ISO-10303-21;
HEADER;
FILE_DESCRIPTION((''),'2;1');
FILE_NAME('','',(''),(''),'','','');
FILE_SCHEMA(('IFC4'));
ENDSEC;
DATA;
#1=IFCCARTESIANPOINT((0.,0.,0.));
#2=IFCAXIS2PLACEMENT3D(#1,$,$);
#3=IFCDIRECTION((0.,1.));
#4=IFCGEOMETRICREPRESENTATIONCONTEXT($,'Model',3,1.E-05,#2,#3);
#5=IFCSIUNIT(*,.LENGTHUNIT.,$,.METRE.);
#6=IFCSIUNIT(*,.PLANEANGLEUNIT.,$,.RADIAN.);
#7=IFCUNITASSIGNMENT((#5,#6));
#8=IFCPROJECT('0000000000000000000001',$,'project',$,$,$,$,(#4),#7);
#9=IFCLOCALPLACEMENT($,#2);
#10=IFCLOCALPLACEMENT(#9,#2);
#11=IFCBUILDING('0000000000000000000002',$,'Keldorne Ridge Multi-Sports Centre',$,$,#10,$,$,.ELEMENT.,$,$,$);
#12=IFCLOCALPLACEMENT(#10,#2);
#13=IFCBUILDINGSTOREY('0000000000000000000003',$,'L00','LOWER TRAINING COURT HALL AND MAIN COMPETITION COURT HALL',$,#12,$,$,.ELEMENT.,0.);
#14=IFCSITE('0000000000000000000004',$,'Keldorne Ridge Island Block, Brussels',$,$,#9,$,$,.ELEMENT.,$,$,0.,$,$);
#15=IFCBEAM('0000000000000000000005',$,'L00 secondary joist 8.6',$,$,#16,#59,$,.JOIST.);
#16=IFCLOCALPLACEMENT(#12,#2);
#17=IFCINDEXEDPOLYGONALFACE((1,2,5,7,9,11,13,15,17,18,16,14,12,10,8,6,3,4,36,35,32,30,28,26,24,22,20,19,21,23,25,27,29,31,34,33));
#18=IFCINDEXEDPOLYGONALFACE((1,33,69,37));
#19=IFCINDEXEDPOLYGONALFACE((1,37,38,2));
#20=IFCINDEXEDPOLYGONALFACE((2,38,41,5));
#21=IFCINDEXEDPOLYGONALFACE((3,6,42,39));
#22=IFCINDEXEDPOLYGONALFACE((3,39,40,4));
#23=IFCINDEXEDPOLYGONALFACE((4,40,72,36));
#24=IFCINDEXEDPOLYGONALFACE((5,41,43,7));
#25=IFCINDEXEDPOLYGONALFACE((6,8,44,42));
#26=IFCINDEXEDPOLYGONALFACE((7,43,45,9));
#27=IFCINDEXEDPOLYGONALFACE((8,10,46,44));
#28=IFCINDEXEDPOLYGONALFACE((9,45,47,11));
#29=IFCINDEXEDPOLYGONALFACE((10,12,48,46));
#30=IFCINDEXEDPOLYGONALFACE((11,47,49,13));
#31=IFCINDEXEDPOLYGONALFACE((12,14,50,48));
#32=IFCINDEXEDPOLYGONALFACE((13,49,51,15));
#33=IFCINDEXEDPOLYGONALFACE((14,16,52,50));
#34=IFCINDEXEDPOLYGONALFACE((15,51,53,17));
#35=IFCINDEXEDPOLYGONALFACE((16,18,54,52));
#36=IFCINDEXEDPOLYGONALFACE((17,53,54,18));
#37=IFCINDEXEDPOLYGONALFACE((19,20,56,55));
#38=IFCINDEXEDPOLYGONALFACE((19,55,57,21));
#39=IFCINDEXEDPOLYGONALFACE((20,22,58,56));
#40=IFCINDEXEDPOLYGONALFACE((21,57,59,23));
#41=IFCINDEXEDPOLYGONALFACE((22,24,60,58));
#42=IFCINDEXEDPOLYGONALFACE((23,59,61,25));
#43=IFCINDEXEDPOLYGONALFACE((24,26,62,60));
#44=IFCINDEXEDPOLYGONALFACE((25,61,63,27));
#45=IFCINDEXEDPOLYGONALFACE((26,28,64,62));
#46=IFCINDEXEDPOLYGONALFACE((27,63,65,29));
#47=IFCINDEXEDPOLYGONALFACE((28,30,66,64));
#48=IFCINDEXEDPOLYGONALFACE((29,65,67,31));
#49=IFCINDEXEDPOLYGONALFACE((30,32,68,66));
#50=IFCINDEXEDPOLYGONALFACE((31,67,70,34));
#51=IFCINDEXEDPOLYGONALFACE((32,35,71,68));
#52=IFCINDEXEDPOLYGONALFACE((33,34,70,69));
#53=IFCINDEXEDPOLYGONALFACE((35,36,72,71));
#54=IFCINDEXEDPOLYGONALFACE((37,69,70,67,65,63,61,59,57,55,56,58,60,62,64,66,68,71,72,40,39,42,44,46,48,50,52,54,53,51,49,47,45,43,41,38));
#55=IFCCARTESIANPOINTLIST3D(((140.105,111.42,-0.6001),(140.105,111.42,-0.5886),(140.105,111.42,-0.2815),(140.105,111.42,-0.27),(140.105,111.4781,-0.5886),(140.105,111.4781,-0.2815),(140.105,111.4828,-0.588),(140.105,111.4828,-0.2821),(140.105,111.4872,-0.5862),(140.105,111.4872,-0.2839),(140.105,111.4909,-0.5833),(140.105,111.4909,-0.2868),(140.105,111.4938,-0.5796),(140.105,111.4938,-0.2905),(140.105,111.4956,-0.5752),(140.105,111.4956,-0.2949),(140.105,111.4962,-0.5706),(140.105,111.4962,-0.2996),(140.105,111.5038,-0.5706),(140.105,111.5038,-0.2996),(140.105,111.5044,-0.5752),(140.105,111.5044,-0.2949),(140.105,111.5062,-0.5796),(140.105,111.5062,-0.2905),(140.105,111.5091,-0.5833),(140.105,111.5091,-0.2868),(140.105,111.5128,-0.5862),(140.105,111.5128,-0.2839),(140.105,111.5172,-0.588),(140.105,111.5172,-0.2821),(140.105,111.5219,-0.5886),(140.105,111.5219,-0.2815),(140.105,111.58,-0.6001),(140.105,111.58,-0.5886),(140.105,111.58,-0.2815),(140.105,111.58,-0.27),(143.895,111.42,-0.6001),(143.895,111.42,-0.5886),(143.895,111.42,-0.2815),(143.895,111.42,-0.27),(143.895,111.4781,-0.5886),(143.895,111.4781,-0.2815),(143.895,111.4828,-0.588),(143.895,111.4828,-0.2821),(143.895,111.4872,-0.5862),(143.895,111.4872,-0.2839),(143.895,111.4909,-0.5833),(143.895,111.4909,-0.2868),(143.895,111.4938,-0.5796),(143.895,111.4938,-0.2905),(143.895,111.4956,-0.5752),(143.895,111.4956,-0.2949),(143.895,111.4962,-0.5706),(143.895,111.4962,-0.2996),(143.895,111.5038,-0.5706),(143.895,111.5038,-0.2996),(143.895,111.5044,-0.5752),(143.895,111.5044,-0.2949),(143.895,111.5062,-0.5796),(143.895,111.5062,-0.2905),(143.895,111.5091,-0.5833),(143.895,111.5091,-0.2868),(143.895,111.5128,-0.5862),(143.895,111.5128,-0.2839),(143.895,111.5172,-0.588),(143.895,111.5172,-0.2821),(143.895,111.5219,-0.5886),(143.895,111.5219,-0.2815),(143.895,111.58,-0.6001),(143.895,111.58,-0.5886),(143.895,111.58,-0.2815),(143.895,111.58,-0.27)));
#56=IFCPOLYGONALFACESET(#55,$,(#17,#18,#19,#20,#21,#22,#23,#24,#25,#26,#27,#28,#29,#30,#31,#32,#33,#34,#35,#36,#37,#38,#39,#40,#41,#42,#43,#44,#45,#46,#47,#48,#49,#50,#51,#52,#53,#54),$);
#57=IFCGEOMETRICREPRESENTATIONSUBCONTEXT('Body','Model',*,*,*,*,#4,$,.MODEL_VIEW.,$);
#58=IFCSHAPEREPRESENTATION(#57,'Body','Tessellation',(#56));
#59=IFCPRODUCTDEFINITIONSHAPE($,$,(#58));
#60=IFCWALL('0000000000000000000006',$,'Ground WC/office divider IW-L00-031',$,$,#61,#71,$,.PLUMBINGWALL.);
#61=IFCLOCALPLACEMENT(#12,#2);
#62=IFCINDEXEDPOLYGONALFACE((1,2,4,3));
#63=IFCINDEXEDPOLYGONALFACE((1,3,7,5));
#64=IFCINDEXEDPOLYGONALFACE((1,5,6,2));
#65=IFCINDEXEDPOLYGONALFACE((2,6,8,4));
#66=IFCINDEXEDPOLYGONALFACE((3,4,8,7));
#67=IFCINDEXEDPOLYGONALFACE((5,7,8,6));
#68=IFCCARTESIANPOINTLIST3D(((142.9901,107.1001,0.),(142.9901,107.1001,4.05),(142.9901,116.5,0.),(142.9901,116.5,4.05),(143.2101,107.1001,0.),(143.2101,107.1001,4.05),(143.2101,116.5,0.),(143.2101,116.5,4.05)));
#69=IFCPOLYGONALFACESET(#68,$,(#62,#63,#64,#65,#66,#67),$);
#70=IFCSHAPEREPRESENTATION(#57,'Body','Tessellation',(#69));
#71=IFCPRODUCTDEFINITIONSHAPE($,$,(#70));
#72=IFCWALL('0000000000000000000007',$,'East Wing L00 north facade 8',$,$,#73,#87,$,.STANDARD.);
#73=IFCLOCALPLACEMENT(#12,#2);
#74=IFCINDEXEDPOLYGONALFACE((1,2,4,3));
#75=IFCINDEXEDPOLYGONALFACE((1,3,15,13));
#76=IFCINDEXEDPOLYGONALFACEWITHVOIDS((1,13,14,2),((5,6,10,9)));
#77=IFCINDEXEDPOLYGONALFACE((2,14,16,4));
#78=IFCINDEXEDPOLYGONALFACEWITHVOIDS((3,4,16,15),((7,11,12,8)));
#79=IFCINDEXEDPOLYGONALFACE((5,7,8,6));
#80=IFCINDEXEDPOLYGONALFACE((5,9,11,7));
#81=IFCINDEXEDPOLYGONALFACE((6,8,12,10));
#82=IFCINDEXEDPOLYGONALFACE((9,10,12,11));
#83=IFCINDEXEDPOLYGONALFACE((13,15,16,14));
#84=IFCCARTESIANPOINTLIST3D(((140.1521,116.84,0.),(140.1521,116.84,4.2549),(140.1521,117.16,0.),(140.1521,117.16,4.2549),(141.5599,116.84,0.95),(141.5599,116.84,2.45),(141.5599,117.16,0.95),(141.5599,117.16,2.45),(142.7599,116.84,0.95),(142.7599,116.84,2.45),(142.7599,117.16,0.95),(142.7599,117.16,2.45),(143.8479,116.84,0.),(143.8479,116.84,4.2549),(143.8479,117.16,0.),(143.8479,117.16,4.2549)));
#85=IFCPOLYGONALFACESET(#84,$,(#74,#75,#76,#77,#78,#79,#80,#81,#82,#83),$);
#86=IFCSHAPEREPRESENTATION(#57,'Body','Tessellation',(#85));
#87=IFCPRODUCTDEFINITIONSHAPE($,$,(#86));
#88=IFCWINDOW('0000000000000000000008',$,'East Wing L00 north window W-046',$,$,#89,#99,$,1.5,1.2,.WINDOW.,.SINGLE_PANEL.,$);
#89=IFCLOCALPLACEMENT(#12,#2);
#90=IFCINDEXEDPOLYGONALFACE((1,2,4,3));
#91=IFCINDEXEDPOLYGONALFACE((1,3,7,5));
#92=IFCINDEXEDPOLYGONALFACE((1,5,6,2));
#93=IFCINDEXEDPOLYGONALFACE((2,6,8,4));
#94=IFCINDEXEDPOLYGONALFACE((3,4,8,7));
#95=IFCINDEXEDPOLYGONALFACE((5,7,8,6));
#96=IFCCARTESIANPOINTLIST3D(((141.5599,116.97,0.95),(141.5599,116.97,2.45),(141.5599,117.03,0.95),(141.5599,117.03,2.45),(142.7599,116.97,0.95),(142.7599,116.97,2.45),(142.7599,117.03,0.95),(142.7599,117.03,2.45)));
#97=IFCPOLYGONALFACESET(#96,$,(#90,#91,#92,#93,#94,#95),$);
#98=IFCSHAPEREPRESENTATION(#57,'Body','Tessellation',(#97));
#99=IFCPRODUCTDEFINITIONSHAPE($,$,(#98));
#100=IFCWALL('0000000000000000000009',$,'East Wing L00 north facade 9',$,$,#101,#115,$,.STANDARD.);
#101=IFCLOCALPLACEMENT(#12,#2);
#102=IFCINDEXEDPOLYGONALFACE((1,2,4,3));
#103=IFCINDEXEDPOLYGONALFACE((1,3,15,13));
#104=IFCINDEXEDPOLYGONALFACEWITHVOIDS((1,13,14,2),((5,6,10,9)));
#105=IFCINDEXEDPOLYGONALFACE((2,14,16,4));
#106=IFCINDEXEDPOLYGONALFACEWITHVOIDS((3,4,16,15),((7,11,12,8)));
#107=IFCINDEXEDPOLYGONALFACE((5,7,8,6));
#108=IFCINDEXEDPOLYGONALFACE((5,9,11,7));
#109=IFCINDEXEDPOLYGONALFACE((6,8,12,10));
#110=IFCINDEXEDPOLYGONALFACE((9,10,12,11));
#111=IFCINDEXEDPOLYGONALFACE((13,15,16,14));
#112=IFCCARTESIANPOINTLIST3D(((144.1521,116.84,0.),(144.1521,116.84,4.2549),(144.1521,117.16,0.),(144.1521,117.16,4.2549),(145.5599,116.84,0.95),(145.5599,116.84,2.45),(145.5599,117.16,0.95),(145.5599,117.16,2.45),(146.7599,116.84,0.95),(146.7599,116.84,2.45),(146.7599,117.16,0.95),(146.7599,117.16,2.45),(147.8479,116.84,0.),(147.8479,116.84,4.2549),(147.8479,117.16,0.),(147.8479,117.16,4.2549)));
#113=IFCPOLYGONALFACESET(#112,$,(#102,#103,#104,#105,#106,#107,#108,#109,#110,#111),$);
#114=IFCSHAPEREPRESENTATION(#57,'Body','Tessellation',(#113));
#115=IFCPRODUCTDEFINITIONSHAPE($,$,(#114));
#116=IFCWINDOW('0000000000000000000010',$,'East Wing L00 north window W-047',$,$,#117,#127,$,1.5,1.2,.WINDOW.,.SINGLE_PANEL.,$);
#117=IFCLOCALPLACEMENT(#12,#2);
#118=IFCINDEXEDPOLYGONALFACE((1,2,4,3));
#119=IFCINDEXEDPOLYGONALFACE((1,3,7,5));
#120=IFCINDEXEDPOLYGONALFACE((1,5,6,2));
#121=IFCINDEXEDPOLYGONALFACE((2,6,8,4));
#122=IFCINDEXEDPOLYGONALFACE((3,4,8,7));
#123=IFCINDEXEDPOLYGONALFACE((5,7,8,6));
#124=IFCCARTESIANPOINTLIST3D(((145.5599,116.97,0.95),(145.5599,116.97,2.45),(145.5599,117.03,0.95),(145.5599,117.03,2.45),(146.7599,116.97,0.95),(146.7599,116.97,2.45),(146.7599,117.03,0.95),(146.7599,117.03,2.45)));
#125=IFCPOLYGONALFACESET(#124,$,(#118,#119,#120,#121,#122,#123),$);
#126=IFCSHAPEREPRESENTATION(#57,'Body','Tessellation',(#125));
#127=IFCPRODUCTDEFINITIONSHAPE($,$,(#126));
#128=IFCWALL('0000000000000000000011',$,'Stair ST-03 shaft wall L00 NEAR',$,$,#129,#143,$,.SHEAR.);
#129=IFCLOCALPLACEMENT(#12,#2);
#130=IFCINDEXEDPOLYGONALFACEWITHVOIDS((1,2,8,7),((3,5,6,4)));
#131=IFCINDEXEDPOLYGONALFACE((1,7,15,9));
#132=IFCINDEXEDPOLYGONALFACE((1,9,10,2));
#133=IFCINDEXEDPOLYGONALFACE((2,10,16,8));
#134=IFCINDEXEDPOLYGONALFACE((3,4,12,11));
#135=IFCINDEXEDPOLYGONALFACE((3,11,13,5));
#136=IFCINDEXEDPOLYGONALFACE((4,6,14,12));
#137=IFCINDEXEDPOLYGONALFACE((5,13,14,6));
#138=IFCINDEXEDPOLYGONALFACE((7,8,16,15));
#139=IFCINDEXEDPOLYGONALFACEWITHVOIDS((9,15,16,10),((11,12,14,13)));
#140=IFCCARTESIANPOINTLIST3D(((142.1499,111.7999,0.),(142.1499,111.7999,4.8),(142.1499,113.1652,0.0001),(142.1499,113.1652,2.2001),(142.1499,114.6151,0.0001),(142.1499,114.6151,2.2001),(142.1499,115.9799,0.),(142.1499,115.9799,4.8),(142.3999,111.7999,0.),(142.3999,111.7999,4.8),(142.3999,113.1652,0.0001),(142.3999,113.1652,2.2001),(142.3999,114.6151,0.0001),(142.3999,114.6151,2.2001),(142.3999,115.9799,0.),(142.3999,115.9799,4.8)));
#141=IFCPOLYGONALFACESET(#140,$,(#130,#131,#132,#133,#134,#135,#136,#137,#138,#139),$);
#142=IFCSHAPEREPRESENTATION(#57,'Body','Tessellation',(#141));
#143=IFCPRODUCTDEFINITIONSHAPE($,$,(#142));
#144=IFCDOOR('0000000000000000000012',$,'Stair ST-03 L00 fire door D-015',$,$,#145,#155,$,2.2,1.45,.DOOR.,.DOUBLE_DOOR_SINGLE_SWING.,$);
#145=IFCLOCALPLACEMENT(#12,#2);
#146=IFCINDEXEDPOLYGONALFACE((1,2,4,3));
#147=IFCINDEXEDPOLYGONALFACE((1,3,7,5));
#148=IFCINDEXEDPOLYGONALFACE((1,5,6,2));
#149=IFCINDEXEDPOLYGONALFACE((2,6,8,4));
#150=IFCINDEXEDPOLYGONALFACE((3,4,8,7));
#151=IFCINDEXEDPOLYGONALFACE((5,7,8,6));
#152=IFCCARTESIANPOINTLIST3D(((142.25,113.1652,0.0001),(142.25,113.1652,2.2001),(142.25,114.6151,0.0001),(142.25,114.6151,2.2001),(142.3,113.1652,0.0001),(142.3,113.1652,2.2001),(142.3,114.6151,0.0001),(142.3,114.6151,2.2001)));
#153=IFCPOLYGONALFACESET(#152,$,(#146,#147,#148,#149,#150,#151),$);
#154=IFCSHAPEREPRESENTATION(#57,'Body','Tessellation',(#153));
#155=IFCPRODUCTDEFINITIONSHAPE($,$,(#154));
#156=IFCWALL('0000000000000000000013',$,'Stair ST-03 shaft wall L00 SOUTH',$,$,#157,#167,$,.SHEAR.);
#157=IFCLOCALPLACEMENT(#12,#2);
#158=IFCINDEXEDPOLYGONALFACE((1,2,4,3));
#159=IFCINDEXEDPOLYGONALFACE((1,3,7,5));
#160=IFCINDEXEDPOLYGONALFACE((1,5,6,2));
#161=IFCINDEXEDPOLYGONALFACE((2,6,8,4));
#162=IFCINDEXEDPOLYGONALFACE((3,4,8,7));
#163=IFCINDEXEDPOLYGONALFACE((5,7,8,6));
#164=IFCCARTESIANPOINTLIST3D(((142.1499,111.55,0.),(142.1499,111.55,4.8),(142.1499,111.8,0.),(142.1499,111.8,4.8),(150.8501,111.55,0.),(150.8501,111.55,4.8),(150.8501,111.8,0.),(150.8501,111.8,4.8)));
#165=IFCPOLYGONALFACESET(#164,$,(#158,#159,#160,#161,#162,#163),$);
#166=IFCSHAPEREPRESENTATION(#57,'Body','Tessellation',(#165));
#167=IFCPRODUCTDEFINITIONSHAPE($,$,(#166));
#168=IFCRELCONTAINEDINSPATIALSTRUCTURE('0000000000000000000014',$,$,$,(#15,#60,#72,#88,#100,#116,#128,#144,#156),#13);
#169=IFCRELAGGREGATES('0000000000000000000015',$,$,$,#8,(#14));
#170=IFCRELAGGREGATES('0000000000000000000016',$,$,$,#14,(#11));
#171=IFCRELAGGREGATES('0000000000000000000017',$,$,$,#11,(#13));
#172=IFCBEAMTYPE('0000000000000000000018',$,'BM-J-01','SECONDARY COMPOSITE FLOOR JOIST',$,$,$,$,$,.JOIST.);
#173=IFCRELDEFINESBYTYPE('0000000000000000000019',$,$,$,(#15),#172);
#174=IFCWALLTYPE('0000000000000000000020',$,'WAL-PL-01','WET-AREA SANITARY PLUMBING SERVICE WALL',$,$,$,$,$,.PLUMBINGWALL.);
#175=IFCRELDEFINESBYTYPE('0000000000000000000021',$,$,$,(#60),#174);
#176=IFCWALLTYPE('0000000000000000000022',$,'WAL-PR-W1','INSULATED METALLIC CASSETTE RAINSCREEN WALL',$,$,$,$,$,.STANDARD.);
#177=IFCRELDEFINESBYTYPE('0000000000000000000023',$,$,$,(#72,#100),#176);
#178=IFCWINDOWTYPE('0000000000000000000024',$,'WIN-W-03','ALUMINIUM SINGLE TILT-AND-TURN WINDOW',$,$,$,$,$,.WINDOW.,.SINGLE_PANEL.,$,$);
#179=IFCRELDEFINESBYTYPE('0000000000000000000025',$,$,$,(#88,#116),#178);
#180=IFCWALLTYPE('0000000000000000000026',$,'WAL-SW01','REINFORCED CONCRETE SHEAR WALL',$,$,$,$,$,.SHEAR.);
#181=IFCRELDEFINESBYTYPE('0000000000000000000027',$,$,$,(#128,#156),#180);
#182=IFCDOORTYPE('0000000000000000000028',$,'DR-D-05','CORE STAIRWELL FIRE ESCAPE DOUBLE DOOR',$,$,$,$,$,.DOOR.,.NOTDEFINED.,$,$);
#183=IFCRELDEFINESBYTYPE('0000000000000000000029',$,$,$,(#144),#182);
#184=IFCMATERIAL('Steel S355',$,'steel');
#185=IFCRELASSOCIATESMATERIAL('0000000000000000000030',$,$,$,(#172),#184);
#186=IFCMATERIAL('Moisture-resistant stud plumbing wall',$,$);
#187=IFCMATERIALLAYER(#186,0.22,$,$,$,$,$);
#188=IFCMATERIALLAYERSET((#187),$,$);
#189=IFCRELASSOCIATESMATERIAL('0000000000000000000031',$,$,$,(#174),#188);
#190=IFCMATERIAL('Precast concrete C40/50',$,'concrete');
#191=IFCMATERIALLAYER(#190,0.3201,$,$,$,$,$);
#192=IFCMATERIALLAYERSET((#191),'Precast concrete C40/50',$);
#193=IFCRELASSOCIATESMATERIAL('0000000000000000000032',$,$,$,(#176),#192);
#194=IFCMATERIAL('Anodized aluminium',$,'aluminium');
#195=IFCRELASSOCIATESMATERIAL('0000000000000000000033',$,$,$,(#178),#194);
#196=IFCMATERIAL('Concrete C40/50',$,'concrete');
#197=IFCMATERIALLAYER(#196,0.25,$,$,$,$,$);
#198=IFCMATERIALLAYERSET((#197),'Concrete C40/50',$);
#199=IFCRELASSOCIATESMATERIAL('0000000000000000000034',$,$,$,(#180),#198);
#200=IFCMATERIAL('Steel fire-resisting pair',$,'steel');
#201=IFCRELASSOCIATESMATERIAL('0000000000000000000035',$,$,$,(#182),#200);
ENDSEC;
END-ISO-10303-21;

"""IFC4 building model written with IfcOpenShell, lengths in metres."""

from ifc_helpers import new_model, si_unit, direction, frame, frame_2d, origin, origin_2d, place, context, subcontext, project, spatial, rectangle, i_section, extrude, material, layer, layer_set, material_profile, profile_set, type_object, element, fill, save


model = new_model("IFC4")

# Units and contexts
model_context = context("Model", 3, precision=1e-05, world=origin(), true_north=direction((0.0, 1.0)))
body_context = subcontext(model_context, "Body", "Model", "MODEL_VIEW")
ifc_project = project(units=[si_unit("LENGTHUNIT", "METRE"), si_unit("PLANEANGLEUNIT", "RADIAN")], contexts=[model_context])

# Site, building, storey
site_placement = place(None, origin())
site = spatial("IfcSite", under=ifc_project, at=site_placement, Name="Keldorne Ridge Island Block, Brussels", CompositionType="ELEMENT", RefElevation=0.0)
building_placement = place(site_placement, origin())
building = spatial("IfcBuilding", under=site, at=building_placement, Name="Keldorne Ridge Multi-Sports Centre", CompositionType="ELEMENT")
storey_placement = place(building_placement, origin())
storey = spatial("IfcBuildingStorey", under=building, at=storey_placement, Name="L00", Description="LOWER TRAINING COURT HALL AND MAIN COMPETITION COURT HALL", CompositionType="ELEMENT", Elevation=0.0)

# Shared definitions
ifc_material_1 = material(Name="Steel S355", Category="steel")

# Beam
ifc_material_profile_1 = material_profile(ifc_material_1, i_section(OverallWidth=0.1599, OverallDepth=0.3301, WebThickness=0.0076, FlangeThickness=0.0115, FilletRadius=0.0181, at=origin_2d()), Name="IPE 330")
ifc_profile_set_1 = profile_set([ifc_material_profile_1], Name="Steel S355")
beam_type_1 = type_object("IfcBeamType", Name="BM-J-01", Description="SECONDARY COMPOSITE FLOOR JOIST", PredefinedType="JOIST", material=ifc_profile_set_1)
beam_placement = place(storey_placement, frame((140.105, 111.5, -0.4351), z_axis=(1.0, 0.0, 0.0), x_axis=(0.0, 1.0, 0.0)))
element("IfcBeam", 1, at=beam_placement, inside=storey, type_object=beam_type_1, Name="L00 secondary joist 8.6", PredefinedType="JOIST", context=body_context, shape_type="SweptSolid", body=[
    extrude(i_section(OverallWidth=0.1599, OverallDepth=0.3301, WebThickness=0.0076, FlangeThickness=0.0115, FilletRadius=0.0181, at=origin_2d()), origin(), (0.0, 0.0, 1.0), 3.79),
])

# Wall
ifc_material_2 = material(Name="Moisture-resistant stud plumbing wall")
ifc_layer_1 = layer(ifc_material_2, 0.22)
ifc_layer_set_1 = layer_set([ifc_layer_1])
wall_type_1 = type_object("IfcWallType", Name="WAL-PL-01", Description="WET-AREA SANITARY PLUMBING SERVICE WALL", PredefinedType="PLUMBINGWALL", material=ifc_layer_set_1)
wall_1_placement = place(storey_placement, frame((143.1001, 107.1001, 0.0), z_axis=(0.0, 0.0, 1.0), x_axis=(0.0, 1.0, 0.0)))
element("IfcWall", 2, at=wall_1_placement, inside=storey, type_object=wall_type_1, Name="Ground WC/office divider IW-L00-031", PredefinedType="PLUMBINGWALL", context=body_context, shape_type="SweptSolid", body=[
    extrude(rectangle(XDim=9.3999, YDim=0.22, at=frame_2d((4.7, 0.0))), origin(), (0.0, 0.0, 1.0), 4.05),
])

# Walls, openings, windows
ifc_material_3 = material(Name="Precast concrete C40/50", Category="concrete")
ifc_layer_2 = layer(ifc_material_3, 0.3201)
ifc_layer_set_2 = layer_set([ifc_layer_2], Name="Precast concrete C40/50")
wall_type_2 = type_object("IfcWallType", Name="WAL-PR-W1", Description="INSULATED METALLIC CASSETTE RAINSCREEN WALL", PredefinedType="STANDARD", material=ifc_layer_set_2)
wall_2_placement = place(storey_placement, frame((143.8479, 117.0, 0.0), z_axis=(0.0, 0.0, 1.0), x_axis=(-1.0, 0.0, 0.0)))
wall_2 = element("IfcWall", 3, at=wall_2_placement, inside=storey, type_object=wall_type_2, Name="East Wing L00 north facade 8", PredefinedType="STANDARD", context=body_context, shape_type="SweptSolid", body=[
    extrude(rectangle(XDim=3.6958, YDim=0.3201, at=frame_2d((1.8479, 0.0))), origin(), (0.0, 0.0, 1.0), 4.2549),
])
opening_1_placement = place(wall_2_placement, frame((1.0879, 0.0, 0.95)))
opening_1 = element("IfcOpeningElement", 4, at=opening_1_placement, cuts=wall_2, PredefinedType="OPENING", context=body_context, shape_type="SweptSolid", body=[
    extrude(rectangle(XDim=1.2, YDim=1.5, at=frame_2d((0.6001, 0.75))), frame((0.0, 0.1699, 0.0), z_axis=(0.0, -1.0, 0.0), x_axis=(1.0, 0.0, 0.0)), (0.0, 0.0, 1.0), 0.3401),
])
ifc_material_4 = material(Name="Anodized aluminium", Category="aluminium")
window_type = type_object("IfcWindowType", Name="WIN-W-03", Description="ALUMINIUM SINGLE TILT-AND-TURN WINDOW", PartitioningType="SINGLE_PANEL", PredefinedType="WINDOW", material=ifc_material_4)
window_1_placement = place(opening_1_placement, origin())
window_1 = element("IfcWindow", 5, at=window_1_placement, inside=storey, type_object=window_type, Name="East Wing L00 north window W-046", OverallHeight=1.5, OverallWidth=1.2, PartitioningType="SINGLE_PANEL", PredefinedType="WINDOW", context=body_context, shape_type="SweptSolid", body=[
    extrude(rectangle(XDim=1.2, YDim=1.5, at=frame_2d((0.6001, 0.75))), frame((0.0, 0.03, 0.0), z_axis=(0.0, -1.0, 0.0), x_axis=(1.0, 0.0, 0.0)), (0.0, 0.0, 1.0), 0.0601),
])
fill(opening_1, window_1)
wall_3_placement = place(storey_placement, frame((147.8479, 117.0, 0.0), z_axis=(0.0, 0.0, 1.0), x_axis=(-1.0, 0.0, 0.0)))
wall_3 = element("IfcWall", 6, at=wall_3_placement, inside=storey, type_object=wall_type_2, Name="East Wing L00 north facade 9", PredefinedType="STANDARD", context=body_context, shape_type="SweptSolid", body=[
    extrude(rectangle(XDim=3.6958, YDim=0.3201, at=frame_2d((1.8479, 0.0))), origin(), (0.0, 0.0, 1.0), 4.2549),
])
opening_2_placement = place(wall_3_placement, frame((1.0879, 0.0, 0.95)))
opening_2 = element("IfcOpeningElement", 7, at=opening_2_placement, cuts=wall_3, PredefinedType="OPENING", context=body_context, shape_type="SweptSolid", body=[
    extrude(rectangle(XDim=1.2, YDim=1.5, at=frame_2d((0.6001, 0.75))), frame((0.0, 0.1699, 0.0), z_axis=(0.0, -1.0, 0.0), x_axis=(1.0, 0.0, 0.0)), (0.0, 0.0, 1.0), 0.3401),
])
window_2_placement = place(opening_2_placement, origin())
window_2 = element("IfcWindow", 8, at=window_2_placement, inside=storey, type_object=window_type, Name="East Wing L00 north window W-047", OverallHeight=1.5, OverallWidth=1.2, PartitioningType="SINGLE_PANEL", PredefinedType="WINDOW", context=body_context, shape_type="SweptSolid", body=[
    extrude(rectangle(XDim=1.2, YDim=1.5, at=frame_2d((0.6001, 0.75))), frame((0.0, 0.03, 0.0), z_axis=(0.0, -1.0, 0.0), x_axis=(1.0, 0.0, 0.0)), (0.0, 0.0, 1.0), 0.0601),
])
fill(opening_2, window_2)

# Wall, opening, door
ifc_material_5 = material(Name="Concrete C40/50", Category="concrete")
ifc_layer_3 = layer(ifc_material_5, 0.25)
ifc_layer_set_3 = layer_set([ifc_layer_3], Name="Concrete C40/50")
wall_type_3 = type_object("IfcWallType", Name="WAL-SW01", Description="REINFORCED CONCRETE SHEAR WALL", PredefinedType="SHEAR", material=ifc_layer_set_3)
wall_4_placement = place(storey_placement, frame((142.2749, 111.8, 0.0), z_axis=(0.0, 0.0, 1.0), x_axis=(0.0, 1.0, 0.0)))
wall_4 = element("IfcWall", 9, at=wall_4_placement, inside=storey, type_object=wall_type_3, Name="Stair ST-03 shaft wall L00 NEAR", PredefinedType="SHEAR", context=body_context, shape_type="SweptSolid", body=[
    extrude(rectangle(XDim=4.1799, YDim=0.25, at=frame_2d((2.0898, 0.0))), origin(), (0.0, 0.0, 1.0), 4.8),
])
opening_3_placement = place(wall_4_placement, frame((1.365, 0.0, 0.0)))
opening_3 = element("IfcOpeningElement", 10, at=opening_3_placement, cuts=wall_4, PredefinedType="OPENING", context=body_context, shape_type="SweptSolid", body=[
    extrude(rectangle(XDim=1.45, YDim=2.2, at=frame_2d((0.7251, 1.1001))), frame((0.0, 0.135, 0.0), z_axis=(0.0, -1.0, 0.0), x_axis=(1.0, 0.0, 0.0)), (0.0, 0.0, 1.0), 0.27),
])
ifc_material_6 = material(Name="Steel fire-resisting pair", Category="steel")
door_type = type_object("IfcDoorType", Name="DR-D-05", Description="CORE STAIRWELL FIRE ESCAPE DOUBLE DOOR", OperationType="NOTDEFINED", PredefinedType="DOOR", material=ifc_material_6)
door_placement = place(opening_3_placement, origin())
door = element("IfcDoor", 11, at=door_placement, inside=storey, type_object=door_type, Name="Stair ST-03 L00 fire door D-015", OperationType="DOUBLE_DOOR_SINGLE_SWING", OverallHeight=2.2, OverallWidth=1.45, PredefinedType="DOOR", context=body_context, shape_type="SweptSolid", body=[
    extrude(rectangle(XDim=1.45, YDim=2.2, at=frame_2d((0.7251, 1.1001))), frame((0.0, 0.0249, 0.0), z_axis=(0.0, -1.0, 0.0), x_axis=(1.0, 0.0, 0.0)), (0.0, 0.0, 1.0), 0.05),
])
fill(opening_3, door)

# Wall
wall_5_placement = place(storey_placement, frame((142.1499, 111.675, 0.0), z_axis=(0.0, 0.0, 1.0), x_axis=(1.0, 0.0, 0.0)))
element("IfcWall", 12, at=wall_5_placement, inside=storey, type_object=wall_type_3, Name="Stair ST-03 shaft wall L00 SOUTH", PredefinedType="SHEAR", context=body_context, shape_type="SweptSolid", body=[
    extrude(rectangle(XDim=8.7002, YDim=0.25, at=frame_2d((4.3501, 0.0))), origin(), (0.0, 0.0, 1.0), 4.8),
])

save(model, "model.ifc")
